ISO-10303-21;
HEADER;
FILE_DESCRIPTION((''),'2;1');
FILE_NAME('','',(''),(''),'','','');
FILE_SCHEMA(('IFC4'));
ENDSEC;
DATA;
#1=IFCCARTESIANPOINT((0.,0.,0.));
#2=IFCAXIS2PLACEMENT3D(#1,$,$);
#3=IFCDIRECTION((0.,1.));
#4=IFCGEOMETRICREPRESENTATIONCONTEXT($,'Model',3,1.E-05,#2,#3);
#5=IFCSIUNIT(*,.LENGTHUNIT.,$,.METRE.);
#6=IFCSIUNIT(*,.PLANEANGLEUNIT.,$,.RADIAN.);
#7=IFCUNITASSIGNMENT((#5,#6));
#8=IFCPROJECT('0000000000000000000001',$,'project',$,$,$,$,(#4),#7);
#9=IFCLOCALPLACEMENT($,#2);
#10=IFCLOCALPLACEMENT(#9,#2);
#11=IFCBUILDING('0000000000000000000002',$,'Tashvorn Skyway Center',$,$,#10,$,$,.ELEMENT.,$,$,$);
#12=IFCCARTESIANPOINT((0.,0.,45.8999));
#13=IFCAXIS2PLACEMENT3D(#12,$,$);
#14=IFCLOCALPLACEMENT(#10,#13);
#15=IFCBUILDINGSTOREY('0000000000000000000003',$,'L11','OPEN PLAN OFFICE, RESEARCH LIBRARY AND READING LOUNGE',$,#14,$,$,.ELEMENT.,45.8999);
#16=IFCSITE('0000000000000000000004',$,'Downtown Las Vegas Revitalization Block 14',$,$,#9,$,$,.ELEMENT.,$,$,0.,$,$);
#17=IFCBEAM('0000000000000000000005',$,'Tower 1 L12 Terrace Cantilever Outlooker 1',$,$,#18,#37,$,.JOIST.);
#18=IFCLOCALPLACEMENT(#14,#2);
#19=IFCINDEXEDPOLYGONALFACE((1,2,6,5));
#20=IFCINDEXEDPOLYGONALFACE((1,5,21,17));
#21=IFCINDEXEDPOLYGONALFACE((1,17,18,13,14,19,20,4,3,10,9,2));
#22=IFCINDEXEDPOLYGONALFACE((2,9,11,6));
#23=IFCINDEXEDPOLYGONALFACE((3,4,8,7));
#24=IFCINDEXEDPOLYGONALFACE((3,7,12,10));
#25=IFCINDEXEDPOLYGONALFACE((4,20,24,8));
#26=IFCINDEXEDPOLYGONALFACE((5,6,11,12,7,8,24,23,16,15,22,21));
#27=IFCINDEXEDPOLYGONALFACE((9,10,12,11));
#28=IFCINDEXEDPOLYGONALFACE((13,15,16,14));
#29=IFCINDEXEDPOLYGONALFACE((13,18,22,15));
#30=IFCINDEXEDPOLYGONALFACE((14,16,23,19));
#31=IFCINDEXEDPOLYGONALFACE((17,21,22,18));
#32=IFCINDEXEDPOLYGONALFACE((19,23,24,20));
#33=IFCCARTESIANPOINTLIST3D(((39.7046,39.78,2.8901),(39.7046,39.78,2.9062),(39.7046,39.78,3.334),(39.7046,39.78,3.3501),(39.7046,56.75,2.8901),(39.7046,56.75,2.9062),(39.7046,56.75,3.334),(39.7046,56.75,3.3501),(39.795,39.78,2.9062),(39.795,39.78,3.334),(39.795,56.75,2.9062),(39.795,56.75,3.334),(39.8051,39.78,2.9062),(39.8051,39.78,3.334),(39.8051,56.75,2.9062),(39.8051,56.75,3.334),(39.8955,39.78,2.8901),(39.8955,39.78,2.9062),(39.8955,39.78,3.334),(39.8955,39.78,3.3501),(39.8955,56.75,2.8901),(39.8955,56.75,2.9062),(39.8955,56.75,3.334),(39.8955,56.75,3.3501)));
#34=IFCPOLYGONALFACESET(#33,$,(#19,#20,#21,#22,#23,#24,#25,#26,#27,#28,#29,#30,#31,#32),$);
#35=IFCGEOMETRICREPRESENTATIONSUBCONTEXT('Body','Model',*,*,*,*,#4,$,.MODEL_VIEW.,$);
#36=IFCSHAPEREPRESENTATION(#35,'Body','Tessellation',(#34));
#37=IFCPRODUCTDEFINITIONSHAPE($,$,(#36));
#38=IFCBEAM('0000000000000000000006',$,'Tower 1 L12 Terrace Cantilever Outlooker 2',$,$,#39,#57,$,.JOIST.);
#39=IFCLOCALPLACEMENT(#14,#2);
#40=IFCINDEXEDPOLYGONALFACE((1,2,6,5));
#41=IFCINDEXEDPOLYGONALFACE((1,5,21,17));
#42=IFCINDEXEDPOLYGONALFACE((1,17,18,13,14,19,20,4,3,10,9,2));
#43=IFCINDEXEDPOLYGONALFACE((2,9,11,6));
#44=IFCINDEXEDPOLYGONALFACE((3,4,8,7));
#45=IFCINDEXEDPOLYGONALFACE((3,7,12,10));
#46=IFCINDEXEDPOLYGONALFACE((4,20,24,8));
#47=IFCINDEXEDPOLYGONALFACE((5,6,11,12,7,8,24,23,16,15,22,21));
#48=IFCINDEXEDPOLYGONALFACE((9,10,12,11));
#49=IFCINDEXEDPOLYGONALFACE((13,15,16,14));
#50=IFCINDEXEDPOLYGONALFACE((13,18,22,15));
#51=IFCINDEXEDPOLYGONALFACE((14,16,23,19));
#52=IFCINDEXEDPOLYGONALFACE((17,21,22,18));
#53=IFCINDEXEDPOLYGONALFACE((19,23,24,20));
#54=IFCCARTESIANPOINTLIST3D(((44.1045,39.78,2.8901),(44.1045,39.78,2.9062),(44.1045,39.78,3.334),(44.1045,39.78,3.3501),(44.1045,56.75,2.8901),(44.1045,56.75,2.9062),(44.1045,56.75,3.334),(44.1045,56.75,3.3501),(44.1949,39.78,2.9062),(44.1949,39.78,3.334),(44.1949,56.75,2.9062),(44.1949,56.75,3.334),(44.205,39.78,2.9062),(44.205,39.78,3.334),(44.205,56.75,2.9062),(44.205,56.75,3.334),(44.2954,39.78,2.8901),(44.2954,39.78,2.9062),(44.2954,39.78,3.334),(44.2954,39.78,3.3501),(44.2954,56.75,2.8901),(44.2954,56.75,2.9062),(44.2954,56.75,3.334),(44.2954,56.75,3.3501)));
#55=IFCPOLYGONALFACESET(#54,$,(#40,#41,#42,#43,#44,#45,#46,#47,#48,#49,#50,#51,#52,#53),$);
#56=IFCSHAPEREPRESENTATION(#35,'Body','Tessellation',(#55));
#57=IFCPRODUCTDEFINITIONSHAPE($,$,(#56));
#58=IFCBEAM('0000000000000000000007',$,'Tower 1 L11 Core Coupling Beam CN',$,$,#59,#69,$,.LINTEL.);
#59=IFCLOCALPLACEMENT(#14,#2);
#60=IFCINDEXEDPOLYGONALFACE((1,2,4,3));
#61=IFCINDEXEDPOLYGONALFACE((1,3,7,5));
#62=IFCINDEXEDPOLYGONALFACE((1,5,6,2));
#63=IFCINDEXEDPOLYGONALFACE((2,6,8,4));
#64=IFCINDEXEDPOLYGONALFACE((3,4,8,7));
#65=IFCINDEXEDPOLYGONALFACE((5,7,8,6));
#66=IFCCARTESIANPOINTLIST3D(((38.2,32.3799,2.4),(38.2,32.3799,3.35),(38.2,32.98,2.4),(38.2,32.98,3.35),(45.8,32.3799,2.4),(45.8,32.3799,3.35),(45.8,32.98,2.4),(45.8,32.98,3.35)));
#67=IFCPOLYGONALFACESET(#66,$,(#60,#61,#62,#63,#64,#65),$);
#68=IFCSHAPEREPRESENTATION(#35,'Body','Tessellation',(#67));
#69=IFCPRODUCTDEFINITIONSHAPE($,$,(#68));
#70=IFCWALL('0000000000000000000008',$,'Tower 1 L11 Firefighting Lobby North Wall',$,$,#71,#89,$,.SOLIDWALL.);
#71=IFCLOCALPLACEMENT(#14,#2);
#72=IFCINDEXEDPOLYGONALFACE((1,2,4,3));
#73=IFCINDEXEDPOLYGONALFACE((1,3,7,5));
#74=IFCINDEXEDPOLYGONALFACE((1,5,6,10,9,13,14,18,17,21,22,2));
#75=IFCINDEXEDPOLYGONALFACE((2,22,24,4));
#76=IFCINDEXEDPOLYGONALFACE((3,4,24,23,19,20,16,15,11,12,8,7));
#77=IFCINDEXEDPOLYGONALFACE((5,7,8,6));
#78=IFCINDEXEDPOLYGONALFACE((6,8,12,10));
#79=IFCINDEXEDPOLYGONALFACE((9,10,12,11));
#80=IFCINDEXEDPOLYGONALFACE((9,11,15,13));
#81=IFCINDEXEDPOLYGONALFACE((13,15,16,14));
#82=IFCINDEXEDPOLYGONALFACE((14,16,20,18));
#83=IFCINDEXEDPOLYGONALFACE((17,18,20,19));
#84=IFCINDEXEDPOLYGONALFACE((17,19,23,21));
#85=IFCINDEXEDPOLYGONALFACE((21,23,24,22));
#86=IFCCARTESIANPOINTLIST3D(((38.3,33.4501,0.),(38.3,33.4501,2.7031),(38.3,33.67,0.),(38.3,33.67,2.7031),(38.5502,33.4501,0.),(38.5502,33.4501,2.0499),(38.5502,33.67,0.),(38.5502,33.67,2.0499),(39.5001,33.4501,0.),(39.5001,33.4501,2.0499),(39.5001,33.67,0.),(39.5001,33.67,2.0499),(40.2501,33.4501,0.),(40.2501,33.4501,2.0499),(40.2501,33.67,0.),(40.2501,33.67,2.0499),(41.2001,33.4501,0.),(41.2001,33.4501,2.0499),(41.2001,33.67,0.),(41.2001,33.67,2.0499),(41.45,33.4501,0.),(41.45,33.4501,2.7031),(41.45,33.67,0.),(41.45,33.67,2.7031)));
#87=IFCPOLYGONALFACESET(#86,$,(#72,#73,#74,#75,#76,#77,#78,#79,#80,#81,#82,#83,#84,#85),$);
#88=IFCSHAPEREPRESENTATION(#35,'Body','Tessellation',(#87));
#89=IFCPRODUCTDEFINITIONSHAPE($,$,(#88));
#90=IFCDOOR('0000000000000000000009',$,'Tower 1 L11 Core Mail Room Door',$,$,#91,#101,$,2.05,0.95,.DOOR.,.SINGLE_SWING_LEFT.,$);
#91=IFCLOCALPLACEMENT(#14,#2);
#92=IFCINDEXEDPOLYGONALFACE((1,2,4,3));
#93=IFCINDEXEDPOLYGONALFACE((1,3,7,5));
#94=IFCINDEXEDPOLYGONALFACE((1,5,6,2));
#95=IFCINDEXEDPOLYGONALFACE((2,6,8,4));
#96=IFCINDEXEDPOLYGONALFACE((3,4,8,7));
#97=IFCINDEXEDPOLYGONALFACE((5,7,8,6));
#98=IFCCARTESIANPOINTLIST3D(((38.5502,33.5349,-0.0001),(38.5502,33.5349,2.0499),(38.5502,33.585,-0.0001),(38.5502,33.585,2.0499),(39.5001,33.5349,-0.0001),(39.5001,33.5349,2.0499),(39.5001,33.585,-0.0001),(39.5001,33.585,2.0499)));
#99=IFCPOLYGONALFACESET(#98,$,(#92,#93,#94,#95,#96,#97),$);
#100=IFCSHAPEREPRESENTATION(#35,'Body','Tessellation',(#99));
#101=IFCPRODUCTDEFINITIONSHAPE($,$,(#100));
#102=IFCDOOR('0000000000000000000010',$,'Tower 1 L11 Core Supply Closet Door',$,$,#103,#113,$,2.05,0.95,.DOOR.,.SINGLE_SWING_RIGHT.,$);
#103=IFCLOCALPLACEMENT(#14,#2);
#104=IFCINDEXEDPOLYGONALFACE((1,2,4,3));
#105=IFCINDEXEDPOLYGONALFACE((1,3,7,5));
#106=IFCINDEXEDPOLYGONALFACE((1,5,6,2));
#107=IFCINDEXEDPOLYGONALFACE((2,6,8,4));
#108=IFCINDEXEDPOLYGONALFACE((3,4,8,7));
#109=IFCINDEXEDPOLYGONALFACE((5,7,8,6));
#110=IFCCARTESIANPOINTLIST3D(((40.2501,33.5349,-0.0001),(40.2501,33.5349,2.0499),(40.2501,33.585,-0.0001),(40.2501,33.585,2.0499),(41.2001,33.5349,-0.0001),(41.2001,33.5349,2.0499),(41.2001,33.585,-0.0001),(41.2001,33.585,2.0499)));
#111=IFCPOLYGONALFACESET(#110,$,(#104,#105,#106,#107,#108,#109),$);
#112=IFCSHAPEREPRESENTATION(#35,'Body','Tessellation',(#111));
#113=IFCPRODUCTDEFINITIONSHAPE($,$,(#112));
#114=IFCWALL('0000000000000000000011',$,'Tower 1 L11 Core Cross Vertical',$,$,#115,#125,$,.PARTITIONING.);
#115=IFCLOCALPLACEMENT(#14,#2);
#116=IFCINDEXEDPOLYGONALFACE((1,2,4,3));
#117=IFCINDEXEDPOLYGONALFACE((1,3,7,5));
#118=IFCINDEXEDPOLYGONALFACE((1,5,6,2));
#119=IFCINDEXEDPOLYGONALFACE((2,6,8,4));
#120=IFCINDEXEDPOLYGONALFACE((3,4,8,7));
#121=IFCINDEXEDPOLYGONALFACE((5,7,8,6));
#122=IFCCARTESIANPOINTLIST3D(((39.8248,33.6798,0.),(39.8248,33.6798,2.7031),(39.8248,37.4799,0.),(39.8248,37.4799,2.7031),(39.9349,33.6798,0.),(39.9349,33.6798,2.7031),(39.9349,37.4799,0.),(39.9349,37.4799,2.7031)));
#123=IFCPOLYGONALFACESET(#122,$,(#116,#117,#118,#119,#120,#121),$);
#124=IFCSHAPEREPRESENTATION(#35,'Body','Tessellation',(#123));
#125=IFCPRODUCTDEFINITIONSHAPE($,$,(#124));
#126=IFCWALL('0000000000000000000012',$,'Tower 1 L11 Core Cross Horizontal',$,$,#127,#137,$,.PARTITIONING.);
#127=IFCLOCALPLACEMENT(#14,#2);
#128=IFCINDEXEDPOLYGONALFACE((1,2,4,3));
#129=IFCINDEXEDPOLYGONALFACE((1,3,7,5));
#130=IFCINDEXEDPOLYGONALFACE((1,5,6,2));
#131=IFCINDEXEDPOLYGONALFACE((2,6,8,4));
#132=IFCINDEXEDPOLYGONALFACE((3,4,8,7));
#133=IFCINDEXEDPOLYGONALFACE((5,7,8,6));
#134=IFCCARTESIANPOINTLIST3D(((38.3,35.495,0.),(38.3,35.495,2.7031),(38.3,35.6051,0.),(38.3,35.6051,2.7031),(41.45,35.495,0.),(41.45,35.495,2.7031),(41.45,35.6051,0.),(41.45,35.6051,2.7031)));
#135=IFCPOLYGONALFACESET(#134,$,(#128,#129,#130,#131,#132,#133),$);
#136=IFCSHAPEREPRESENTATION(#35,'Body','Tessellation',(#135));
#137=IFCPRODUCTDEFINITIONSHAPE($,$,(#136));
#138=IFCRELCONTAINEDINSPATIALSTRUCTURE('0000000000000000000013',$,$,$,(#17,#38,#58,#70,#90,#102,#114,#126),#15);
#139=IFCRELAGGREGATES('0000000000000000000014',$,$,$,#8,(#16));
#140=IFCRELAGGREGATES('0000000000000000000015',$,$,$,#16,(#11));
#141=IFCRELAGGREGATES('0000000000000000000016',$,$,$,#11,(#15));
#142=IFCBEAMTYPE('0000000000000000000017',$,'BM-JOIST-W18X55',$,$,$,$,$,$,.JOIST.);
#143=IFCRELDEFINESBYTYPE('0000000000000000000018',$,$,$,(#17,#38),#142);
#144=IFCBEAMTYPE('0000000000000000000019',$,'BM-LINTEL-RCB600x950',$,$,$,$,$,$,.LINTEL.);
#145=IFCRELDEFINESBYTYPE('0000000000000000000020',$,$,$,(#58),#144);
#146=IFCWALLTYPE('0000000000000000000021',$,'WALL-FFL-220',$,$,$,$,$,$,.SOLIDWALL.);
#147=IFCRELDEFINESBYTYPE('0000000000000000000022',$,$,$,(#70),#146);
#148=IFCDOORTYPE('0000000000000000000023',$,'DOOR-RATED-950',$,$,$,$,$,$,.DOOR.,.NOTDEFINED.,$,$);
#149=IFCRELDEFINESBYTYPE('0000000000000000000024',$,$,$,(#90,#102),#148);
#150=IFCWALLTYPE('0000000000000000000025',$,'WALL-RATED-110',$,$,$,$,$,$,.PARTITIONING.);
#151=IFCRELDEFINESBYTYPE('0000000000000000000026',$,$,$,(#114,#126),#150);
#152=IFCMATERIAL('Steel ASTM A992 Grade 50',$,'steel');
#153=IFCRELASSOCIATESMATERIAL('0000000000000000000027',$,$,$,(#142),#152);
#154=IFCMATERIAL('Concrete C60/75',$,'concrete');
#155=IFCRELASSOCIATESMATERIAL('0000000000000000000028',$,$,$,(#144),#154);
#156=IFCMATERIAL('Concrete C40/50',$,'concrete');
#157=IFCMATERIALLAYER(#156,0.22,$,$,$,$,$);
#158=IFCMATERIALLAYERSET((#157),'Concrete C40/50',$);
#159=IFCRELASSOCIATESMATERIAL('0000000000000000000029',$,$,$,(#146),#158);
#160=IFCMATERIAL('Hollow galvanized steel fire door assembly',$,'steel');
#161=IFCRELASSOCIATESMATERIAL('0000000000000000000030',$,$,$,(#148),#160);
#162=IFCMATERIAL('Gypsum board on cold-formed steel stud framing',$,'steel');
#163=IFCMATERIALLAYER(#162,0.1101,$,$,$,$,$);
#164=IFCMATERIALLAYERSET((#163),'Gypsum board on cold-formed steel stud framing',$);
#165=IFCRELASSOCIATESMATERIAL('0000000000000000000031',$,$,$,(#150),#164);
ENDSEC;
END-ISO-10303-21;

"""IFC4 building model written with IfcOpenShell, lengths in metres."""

from ifc_helpers import new_model, si_unit, direction, frame, frame_2d, origin, origin_2d, place, context, subcontext, project, spatial, rectangle, i_section, extrude, material, layer, layer_set, material_profile, profile_set, type_object, element, fill, save


model = new_model("IFC4")

# Units and contexts
model_context = context("Model", 3, precision=1e-05, world=origin(), true_north=direction((0.0, 1.0)))
body_context = subcontext(model_context, "Body", "Model", "MODEL_VIEW")
ifc_project = project(units=[si_unit("LENGTHUNIT", "METRE"), si_unit("PLANEANGLEUNIT", "RADIAN")], contexts=[model_context])

# Site, building, storey
site_placement = place(None, origin())
site = spatial("IfcSite", under=ifc_project, at=site_placement, Name="Downtown Las Vegas Revitalization Block 14", CompositionType="ELEMENT", RefElevation=0.0)
building_placement = place(site_placement, origin())
building = spatial("IfcBuilding", under=site, at=building_placement, Name="Tashvorn Skyway Center", CompositionType="ELEMENT")
storey_placement = place(building_placement, frame((0.0, 0.0, 45.8999)))
storey = spatial("IfcBuildingStorey", under=building, at=storey_placement, Name="L11", Description="OPEN PLAN OFFICE, RESEARCH LIBRARY AND READING LOUNGE", CompositionType="ELEMENT", Elevation=45.8999)

# Beams
ifc_material_1 = material(Name="Steel ASTM A992 Grade 50", Category="steel")
ifc_material_profile_1 = material_profile(ifc_material_1, i_section(OverallWidth=0.1909, OverallDepth=0.46, WebThickness=0.01, FlangeThickness=0.0161, at=origin_2d()), Name="W18X55")
ifc_profile_set_1 = profile_set([ifc_material_profile_1], Name="Steel ASTM A992 Grade 50")
beam_type_1 = type_object("IfcBeamType", Name="BM-JOIST-W18X55", PredefinedType="JOIST", material=ifc_profile_set_1)
for number, where, z_axis, x_axis, name in (
    (1, (39.8, 39.78, 3.1201), (0.0, 1.0, 0.0), (-1.0, 0.0, 0.0), "Tower 1 L12 Terrace Cantilever Outlooker 1"),
    (2, (44.2, 39.78, 3.1201), (0.0, 1.0, 0.0), (-1.0, 0.0, 0.0), "Tower 1 L12 Terrace Cantilever Outlooker 2"),
):
    element("IfcBeam", number, at=place(storey_placement, frame(where, z_axis=z_axis, x_axis=x_axis)), inside=storey, type_object=beam_type_1, Name=name, PredefinedType="JOIST", context=body_context, shape_type="SweptSolid", body=[
        extrude(i_section(OverallWidth=0.1909, OverallDepth=0.46, WebThickness=0.01, FlangeThickness=0.0161, at=origin_2d()), origin(), (0.0, 0.0, 1.0), 16.97),
    ])
ifc_material_2 = material(Name="Concrete C60/75", Category="concrete")
ifc_material_profile_2 = material_profile(ifc_material_2, rectangle(XDim=0.6001, YDim=0.95, at=origin_2d()), Name="RCB600x950")
ifc_profile_set_2 = profile_set([ifc_material_profile_2], Name="Concrete C60/75")
beam_type_2 = type_object("IfcBeamType", Name="BM-LINTEL-RCB600x950", PredefinedType="LINTEL", material=ifc_profile_set_2)
beam_placement = place(storey_placement, frame((38.2, 32.6799, 2.875), z_axis=(1.0, 0.0, 0.0), x_axis=(0.0, 1.0, 0.0)))
element("IfcBeam", 3, at=beam_placement, inside=storey, type_object=beam_type_2, Name="Tower 1 L11 Core Coupling Beam CN", PredefinedType="LINTEL", context=body_context, shape_type="SweptSolid", body=[
    extrude(rectangle(XDim=0.6001, YDim=0.95, at=origin_2d()), origin(), (0.0, 0.0, 1.0), 7.6001),
])

# Wall, openings, doors
ifc_material_3 = material(Name="Concrete C40/50", Category="concrete")
ifc_layer_1 = layer(ifc_material_3, 0.22)
ifc_layer_set_1 = layer_set([ifc_layer_1], Name="Concrete C40/50")
wall_type_1 = type_object("IfcWallType", Name="WALL-FFL-220", PredefinedType="SOLIDWALL", material=ifc_layer_set_1)
wall_1_placement = place(storey_placement, frame((38.3, 33.5601, 0.0), z_axis=(0.0, 0.0, 1.0), x_axis=(1.0, 0.0, 0.0)))
wall_1 = element("IfcWall", 4, at=wall_1_placement, inside=storey, type_object=wall_type_1, Name="Tower 1 L11 Firefighting Lobby North Wall", PredefinedType="SOLIDWALL", context=body_context, shape_type="SweptSolid", body=[
    extrude(rectangle(XDim=3.1499, YDim=0.22, at=frame_2d((1.575, 0.0))), origin(), (0.0, 0.0, 1.0), 2.7031),
])
opening_1_placement = place(wall_1_placement, frame((0.25, 0.0, 0.0)))
opening_1 = element("IfcOpeningElement", 5, at=opening_1_placement, cuts=wall_1, PredefinedType="OPENING", context=body_context, shape_type="SweptSolid", body=[
    extrude(rectangle(XDim=0.95, YDim=2.05, at=frame_2d((0.4751, 1.0249))), frame((0.0, 0.1199, 0.0), z_axis=(0.0, -1.0, 0.0), x_axis=(1.0, 0.0, 0.0)), (0.0, 0.0, 1.0), 0.24),
])
opening_2_placement = place(wall_1_placement, frame((1.95, 0.0, 0.0)))
opening_2 = element("IfcOpeningElement", 6, at=opening_2_placement, cuts=wall_1, PredefinedType="OPENING", context=body_context, shape_type="SweptSolid", body=[
    extrude(rectangle(XDim=0.95, YDim=2.05, at=frame_2d((0.4751, 1.0249))), frame((0.0, 0.1199, 0.0), z_axis=(0.0, -1.0, 0.0), x_axis=(1.0, 0.0, 0.0)), (0.0, 0.0, 1.0), 0.24),
])
ifc_material_4 = material(Name="Hollow galvanized steel fire door assembly", Category="steel")
door_type_1 = type_object("IfcDoorType", Name="DOOR-RATED-950", OperationType="NOTDEFINED", PredefinedType="DOOR", material=ifc_material_4)
door_1_placement = place(opening_1_placement, origin())
door_1 = element("IfcDoor", 7, at=door_1_placement, inside=storey, type_object=door_type_1, Name="Tower 1 L11 Core Mail Room Door", OperationType="SINGLE_SWING_LEFT", OverallHeight=2.05, OverallWidth=0.95, PredefinedType="DOOR", context=body_context, shape_type="SweptSolid", body=[
    extrude(rectangle(XDim=0.95, YDim=2.05, at=frame_2d((0.4751, 1.0249))), frame((0.0, 0.0249, 0.0), z_axis=(0.0, -1.0, 0.0), x_axis=(1.0, 0.0, 0.0)), (0.0, 0.0, 1.0), 0.05),
])
fill(opening_1, door_1)
door_2_placement = place(opening_2_placement, origin())
door_2 = element("IfcDoor", 8, at=door_2_placement, inside=storey, type_object=door_type_1, Name="Tower 1 L11 Core Supply Closet Door", OperationType="SINGLE_SWING_RIGHT", OverallHeight=2.05, OverallWidth=0.95, PredefinedType="DOOR", context=body_context, shape_type="SweptSolid", body=[
    extrude(rectangle(XDim=0.95, YDim=2.05, at=frame_2d((0.4751, 1.0249))), frame((0.0, 0.0249, 0.0), z_axis=(0.0, -1.0, 0.0), x_axis=(1.0, 0.0, 0.0)), (0.0, 0.0, 1.0), 0.05),
])
fill(opening_2, door_2)

# Walls
ifc_material_5 = material(Name="Gypsum board on cold-formed steel stud framing", Category="steel")
ifc_layer_2 = layer(ifc_material_5, 0.1101)
ifc_layer_set_2 = layer_set([ifc_layer_2], Name="Gypsum board on cold-formed steel stud framing")
wall_type_2 = type_object("IfcWallType", Name="WALL-RATED-110", PredefinedType="PARTITIONING", material=ifc_layer_set_2)
wall_2_placement = place(storey_placement, frame((39.8799, 33.6799, 0.0), z_axis=(0.0, 0.0, 1.0), x_axis=(0.0, 1.0, 0.0)))
element("IfcWall", 9, at=wall_2_placement, inside=storey, type_object=wall_type_2, Name="Tower 1 L11 Core Cross Vertical", PredefinedType="PARTITIONING", context=body_context, shape_type="SweptSolid", body=[
    extrude(rectangle(XDim=3.8, YDim=0.1101, at=frame_2d((1.8999, 0.0))), origin(), (0.0, 0.0, 1.0), 2.7031),
])
wall_3_placement = place(storey_placement, frame((38.3, 35.55, 0.0), z_axis=(0.0, 0.0, 1.0), x_axis=(1.0, 0.0, 0.0)))
element("IfcWall", 10, at=wall_3_placement, inside=storey, type_object=wall_type_2, Name="Tower 1 L11 Core Cross Horizontal", PredefinedType="PARTITIONING", context=body_context, shape_type="SweptSolid", body=[
    extrude(rectangle(XDim=3.1499, YDim=0.1101, at=frame_2d((1.575, 0.0))), origin(), (0.0, 0.0, 1.0), 2.7031),
])

save(model, "model.ifc")
